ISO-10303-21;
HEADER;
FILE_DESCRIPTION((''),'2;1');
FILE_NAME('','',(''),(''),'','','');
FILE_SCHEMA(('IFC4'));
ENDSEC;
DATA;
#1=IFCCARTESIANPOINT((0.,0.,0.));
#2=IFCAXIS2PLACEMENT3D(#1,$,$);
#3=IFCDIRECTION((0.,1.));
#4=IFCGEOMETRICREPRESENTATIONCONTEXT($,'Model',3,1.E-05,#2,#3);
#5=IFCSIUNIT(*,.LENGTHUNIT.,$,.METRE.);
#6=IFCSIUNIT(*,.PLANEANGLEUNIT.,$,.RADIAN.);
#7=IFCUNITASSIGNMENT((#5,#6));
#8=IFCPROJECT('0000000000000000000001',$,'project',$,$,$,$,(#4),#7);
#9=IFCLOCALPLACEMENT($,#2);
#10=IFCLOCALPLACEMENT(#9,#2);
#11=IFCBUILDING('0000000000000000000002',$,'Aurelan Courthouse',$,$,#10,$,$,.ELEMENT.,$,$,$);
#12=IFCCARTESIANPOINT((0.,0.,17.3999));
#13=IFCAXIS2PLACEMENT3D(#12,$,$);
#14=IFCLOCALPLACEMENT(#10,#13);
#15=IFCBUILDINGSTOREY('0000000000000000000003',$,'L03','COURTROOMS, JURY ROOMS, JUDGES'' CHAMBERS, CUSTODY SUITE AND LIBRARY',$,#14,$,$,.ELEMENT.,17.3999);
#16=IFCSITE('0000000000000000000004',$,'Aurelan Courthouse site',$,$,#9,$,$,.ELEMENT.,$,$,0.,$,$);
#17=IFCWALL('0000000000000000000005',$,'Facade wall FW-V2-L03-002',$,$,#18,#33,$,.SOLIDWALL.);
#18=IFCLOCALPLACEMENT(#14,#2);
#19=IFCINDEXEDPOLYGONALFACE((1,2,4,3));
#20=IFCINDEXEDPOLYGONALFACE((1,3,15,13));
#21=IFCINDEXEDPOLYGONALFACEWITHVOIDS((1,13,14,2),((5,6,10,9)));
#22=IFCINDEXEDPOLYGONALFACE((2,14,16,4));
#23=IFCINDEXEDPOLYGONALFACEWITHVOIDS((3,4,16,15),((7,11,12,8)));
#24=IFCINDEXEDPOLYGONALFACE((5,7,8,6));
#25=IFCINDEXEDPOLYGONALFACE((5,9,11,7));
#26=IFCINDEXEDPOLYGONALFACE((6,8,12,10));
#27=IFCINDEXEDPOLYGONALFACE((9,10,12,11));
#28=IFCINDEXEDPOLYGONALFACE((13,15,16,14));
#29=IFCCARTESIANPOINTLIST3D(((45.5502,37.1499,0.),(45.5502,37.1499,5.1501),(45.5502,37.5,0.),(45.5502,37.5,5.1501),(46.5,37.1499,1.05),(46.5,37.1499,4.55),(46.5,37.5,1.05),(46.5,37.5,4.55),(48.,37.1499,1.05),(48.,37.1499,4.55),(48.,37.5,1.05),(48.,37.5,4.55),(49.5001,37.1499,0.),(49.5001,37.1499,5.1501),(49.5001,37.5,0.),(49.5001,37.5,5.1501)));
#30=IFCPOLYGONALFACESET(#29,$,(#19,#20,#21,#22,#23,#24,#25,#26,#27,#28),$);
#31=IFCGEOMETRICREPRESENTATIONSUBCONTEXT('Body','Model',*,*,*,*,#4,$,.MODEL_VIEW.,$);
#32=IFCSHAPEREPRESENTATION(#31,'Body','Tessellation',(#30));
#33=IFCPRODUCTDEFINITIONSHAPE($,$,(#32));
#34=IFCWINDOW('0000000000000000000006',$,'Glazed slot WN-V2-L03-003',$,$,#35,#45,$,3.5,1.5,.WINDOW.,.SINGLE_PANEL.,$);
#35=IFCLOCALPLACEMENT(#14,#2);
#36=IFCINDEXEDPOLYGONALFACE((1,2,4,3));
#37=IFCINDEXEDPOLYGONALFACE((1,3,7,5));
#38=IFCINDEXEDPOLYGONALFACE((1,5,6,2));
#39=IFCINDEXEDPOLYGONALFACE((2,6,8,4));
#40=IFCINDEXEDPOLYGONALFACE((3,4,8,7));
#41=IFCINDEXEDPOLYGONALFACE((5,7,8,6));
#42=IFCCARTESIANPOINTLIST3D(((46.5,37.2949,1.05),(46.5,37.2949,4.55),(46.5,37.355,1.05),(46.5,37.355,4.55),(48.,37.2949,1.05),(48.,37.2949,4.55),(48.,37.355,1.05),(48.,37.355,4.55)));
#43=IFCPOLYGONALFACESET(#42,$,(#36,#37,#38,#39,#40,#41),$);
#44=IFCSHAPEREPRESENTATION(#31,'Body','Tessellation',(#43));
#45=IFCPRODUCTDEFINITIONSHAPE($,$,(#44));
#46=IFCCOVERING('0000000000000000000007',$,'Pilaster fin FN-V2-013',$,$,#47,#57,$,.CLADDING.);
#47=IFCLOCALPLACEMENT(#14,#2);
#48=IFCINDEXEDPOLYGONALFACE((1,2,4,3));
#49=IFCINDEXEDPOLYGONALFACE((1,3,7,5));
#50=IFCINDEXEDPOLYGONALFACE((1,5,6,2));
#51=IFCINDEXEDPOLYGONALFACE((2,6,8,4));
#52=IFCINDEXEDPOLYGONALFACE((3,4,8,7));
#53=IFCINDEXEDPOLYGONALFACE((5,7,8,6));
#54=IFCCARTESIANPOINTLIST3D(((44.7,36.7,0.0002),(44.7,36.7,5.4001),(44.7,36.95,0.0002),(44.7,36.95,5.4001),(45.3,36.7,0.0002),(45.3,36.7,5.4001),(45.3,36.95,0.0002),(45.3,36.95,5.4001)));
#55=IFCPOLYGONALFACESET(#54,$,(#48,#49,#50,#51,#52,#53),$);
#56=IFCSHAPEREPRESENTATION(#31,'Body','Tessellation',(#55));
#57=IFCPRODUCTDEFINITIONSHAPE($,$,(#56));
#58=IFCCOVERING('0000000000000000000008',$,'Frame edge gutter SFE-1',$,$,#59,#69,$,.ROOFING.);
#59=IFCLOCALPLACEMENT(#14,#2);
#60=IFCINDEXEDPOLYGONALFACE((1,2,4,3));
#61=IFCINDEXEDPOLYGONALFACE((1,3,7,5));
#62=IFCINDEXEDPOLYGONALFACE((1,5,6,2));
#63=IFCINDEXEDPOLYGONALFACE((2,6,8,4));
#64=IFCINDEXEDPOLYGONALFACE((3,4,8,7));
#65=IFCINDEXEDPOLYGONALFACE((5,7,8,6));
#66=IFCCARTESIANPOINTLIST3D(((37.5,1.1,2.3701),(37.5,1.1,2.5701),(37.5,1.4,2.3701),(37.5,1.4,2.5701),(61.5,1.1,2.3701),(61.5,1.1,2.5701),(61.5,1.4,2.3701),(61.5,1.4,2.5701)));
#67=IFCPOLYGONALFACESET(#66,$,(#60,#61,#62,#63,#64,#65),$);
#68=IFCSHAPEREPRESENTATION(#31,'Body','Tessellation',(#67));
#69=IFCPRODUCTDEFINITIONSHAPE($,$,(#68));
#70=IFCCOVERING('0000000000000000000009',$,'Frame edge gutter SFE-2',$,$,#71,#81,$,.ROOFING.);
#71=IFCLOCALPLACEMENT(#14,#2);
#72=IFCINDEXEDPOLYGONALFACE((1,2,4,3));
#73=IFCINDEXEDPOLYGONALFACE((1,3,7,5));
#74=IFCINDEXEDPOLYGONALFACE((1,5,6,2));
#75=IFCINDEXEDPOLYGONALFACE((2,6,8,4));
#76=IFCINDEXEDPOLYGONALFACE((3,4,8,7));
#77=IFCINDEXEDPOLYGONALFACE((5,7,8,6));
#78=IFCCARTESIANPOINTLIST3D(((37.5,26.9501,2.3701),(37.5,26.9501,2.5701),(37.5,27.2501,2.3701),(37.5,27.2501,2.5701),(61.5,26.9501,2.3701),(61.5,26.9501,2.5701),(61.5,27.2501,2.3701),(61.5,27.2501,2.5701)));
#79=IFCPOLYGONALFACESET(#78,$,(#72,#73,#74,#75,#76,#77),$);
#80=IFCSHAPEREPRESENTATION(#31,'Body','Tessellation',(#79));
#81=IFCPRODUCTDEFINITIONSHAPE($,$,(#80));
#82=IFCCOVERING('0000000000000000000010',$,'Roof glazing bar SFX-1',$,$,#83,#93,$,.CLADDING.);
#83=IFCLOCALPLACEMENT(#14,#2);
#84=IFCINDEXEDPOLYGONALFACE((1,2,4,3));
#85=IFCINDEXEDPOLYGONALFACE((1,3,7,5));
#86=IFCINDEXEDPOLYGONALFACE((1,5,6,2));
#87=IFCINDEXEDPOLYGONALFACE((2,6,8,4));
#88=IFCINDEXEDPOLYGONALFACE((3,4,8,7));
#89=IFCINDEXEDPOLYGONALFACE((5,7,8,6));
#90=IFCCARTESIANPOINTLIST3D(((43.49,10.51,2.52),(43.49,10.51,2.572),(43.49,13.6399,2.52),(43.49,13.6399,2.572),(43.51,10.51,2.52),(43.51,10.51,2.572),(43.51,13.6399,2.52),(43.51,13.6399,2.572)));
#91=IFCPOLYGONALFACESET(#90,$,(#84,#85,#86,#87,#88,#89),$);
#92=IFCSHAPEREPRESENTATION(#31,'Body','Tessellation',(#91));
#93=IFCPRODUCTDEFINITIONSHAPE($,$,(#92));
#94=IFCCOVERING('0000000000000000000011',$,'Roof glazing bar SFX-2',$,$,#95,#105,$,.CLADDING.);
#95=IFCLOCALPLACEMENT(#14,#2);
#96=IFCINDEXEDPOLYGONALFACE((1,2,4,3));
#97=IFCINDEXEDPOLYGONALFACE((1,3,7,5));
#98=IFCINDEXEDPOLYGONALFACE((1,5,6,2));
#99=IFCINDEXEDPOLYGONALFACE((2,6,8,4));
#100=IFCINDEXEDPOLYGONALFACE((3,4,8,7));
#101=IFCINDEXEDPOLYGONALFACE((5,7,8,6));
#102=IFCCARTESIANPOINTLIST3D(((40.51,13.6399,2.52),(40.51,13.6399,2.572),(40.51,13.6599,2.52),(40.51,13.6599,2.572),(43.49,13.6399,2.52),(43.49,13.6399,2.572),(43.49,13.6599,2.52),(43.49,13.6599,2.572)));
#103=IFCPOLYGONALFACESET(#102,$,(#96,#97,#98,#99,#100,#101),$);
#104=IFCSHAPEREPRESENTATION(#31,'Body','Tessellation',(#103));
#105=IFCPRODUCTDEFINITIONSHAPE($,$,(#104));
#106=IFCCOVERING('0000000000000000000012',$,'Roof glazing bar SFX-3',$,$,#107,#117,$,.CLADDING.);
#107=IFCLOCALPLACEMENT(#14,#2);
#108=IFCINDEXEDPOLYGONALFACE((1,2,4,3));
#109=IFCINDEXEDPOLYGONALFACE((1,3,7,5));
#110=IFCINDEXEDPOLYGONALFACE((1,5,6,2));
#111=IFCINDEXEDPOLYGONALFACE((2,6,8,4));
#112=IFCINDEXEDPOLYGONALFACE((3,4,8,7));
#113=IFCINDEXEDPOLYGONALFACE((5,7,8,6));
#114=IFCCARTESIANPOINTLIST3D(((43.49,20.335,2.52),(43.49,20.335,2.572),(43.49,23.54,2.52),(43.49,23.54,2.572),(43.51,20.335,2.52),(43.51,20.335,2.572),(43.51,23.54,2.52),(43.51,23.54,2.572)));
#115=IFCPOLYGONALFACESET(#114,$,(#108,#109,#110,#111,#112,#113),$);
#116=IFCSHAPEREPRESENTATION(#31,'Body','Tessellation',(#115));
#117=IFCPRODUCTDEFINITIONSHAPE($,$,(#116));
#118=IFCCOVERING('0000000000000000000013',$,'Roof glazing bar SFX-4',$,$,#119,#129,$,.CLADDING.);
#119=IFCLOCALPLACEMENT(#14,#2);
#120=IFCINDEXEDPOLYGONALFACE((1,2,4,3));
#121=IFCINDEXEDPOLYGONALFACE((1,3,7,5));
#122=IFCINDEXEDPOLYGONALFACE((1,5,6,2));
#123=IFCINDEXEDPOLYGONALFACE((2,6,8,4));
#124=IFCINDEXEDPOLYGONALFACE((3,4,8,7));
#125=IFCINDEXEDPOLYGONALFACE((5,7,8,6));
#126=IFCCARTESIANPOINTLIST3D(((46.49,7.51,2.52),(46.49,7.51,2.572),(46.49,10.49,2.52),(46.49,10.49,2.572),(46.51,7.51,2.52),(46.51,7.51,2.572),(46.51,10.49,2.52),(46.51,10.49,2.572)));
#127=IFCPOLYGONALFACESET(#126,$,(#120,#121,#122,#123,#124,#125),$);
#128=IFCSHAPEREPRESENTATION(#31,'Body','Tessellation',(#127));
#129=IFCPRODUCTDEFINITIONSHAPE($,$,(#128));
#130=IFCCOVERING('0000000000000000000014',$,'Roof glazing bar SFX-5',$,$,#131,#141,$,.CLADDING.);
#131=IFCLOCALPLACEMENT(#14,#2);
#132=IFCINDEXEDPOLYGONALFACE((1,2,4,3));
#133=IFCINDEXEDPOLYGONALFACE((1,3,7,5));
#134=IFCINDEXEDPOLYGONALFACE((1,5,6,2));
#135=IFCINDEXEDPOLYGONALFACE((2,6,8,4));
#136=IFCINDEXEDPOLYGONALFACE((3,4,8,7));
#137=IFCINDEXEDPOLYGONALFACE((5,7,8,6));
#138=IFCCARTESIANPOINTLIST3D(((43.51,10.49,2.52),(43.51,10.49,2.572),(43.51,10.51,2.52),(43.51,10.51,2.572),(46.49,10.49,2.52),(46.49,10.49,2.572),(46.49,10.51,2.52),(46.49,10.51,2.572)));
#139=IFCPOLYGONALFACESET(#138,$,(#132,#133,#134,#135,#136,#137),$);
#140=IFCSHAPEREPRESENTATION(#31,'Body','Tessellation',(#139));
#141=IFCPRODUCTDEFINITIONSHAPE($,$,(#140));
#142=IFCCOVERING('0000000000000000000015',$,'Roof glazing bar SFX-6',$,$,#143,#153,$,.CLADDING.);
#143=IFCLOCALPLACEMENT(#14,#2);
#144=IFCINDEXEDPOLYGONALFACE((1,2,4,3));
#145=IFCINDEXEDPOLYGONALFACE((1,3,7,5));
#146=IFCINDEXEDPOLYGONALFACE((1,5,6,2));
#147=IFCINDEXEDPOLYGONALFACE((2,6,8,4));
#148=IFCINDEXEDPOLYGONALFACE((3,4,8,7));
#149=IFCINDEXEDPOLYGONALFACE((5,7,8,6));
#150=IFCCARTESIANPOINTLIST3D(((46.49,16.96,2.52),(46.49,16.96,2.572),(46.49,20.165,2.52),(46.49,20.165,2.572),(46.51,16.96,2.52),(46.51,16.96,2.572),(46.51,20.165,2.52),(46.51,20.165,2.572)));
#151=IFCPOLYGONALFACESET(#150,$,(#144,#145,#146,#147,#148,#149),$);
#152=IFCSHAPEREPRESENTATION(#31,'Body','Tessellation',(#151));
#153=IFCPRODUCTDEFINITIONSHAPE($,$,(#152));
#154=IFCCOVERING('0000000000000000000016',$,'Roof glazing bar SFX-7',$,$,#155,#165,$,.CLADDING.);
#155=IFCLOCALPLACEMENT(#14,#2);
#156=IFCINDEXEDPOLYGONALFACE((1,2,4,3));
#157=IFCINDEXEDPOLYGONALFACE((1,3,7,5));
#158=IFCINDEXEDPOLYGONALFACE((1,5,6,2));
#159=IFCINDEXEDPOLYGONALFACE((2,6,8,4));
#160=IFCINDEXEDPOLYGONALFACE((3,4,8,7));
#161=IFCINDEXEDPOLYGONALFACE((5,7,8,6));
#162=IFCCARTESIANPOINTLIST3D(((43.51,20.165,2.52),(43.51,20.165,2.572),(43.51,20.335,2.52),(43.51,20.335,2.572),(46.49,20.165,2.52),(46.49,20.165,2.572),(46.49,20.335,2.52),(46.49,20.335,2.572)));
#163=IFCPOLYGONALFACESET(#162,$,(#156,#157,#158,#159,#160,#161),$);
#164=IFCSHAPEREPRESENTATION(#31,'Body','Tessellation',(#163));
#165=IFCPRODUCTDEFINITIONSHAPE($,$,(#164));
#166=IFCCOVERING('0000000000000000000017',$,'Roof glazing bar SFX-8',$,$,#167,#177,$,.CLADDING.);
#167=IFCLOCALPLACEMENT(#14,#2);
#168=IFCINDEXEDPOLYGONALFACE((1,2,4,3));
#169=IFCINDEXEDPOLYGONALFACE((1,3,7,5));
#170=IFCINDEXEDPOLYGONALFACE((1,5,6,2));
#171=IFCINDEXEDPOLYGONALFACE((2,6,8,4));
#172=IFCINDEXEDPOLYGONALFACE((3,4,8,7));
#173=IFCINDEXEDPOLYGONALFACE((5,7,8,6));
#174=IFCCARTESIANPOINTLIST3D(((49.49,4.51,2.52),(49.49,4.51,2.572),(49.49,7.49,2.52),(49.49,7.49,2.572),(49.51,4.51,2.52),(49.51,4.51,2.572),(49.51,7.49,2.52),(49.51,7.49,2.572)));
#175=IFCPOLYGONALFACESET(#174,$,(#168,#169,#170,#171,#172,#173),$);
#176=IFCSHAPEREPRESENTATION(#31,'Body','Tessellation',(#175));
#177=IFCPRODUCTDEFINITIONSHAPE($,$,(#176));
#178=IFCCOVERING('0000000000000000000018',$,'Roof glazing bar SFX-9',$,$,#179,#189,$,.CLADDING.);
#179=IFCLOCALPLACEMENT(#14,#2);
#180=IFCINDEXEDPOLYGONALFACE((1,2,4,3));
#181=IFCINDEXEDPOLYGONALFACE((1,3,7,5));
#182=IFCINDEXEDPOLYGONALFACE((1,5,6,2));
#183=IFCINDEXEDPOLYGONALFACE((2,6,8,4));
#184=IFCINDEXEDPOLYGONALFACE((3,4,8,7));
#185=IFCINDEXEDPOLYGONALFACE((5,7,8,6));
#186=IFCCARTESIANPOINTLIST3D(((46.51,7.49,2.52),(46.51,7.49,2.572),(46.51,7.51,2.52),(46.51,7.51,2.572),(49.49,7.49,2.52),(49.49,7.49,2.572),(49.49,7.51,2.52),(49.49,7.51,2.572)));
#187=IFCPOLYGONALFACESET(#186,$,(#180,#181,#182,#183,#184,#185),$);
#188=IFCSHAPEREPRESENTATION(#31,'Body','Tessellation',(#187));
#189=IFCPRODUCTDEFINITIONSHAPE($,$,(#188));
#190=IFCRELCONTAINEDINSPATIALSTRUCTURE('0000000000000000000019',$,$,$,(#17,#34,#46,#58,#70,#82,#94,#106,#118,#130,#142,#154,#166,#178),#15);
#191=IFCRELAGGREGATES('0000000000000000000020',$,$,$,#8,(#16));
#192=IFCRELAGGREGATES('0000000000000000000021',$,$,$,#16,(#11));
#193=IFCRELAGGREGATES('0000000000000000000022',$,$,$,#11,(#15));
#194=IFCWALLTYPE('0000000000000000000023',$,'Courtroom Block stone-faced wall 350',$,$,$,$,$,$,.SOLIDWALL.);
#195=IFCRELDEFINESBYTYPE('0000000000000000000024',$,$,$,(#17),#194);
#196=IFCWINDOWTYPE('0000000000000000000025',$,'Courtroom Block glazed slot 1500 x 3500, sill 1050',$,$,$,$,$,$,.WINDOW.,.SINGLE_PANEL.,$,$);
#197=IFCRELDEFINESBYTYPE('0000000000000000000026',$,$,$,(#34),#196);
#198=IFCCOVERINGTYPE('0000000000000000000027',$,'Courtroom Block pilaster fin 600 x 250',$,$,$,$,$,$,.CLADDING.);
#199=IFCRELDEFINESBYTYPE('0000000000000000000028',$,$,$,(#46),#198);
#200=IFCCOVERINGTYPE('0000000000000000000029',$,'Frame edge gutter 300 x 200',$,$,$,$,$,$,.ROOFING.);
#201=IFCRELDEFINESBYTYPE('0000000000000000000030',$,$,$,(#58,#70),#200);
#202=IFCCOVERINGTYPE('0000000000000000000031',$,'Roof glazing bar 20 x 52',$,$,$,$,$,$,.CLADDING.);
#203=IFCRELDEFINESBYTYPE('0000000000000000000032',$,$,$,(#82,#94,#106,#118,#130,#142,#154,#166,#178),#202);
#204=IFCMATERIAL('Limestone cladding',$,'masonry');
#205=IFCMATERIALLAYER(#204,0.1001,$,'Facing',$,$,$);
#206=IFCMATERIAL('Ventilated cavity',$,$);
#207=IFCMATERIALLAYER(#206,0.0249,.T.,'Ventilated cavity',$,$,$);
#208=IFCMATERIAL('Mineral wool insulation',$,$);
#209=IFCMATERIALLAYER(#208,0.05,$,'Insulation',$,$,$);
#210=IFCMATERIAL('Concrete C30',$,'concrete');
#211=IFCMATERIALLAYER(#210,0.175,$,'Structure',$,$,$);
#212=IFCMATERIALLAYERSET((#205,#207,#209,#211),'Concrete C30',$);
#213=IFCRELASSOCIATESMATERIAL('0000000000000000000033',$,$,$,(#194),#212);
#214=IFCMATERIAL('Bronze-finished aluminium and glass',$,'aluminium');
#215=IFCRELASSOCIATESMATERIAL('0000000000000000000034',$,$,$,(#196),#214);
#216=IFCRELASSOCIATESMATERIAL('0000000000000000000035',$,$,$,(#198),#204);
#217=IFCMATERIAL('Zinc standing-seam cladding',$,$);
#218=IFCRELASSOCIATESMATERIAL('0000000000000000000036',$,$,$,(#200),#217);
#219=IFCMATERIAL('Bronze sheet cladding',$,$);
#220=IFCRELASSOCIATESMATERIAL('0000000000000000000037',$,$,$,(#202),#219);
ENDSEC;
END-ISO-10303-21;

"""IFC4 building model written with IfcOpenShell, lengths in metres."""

from ifc_helpers import new_model, si_unit, direction, frame, frame_2d, origin, origin_2d, place, context, subcontext, project, spatial, rectangle, extrude, material, layer, layer_set, type_object, element, fill, save


model = new_model("IFC4")

# Units and contexts
model_context = context("Model", 3, precision=1e-05, world=origin(), true_north=direction((0.0, 1.0)))
body_context = subcontext(model_context, "Body", "Model", "MODEL_VIEW")
ifc_project = project(units=[si_unit("LENGTHUNIT", "METRE"), si_unit("PLANEANGLEUNIT", "RADIAN")], contexts=[model_context])

# Site, building, storey
site_placement = place(None, origin())
site = spatial("IfcSite", under=ifc_project, at=site_placement, Name="Aurelan Courthouse site", CompositionType="ELEMENT", RefElevation=0.0)
building_placement = place(site_placement, origin())
building = spatial("IfcBuilding", under=site, at=building_placement, Name="Aurelan Courthouse", CompositionType="ELEMENT")
storey_placement = place(building_placement, frame((0.0, 0.0, 17.3999)))
storey = spatial("IfcBuildingStorey", under=building, at=storey_placement, Name="L03", Description="COURTROOMS, JURY ROOMS, JUDGES' CHAMBERS, CUSTODY SUITE AND LIBRARY", CompositionType="ELEMENT", Elevation=17.3999)

# Shared definitions
ifc_material_1 = material(Name="Bronze-finished aluminium and glass", Category="aluminium")

# Wall, opening, window
ifc_material_2 = material(Name="Limestone cladding", Category="masonry")
ifc_layer_1 = layer(ifc_material_2, 0.1001, Name="Facing")
ifc_material_3 = material(Name="Ventilated cavity")
ifc_layer_2 = layer(ifc_material_3, 0.0249, ventilated=True, Name="Ventilated cavity")
ifc_material_4 = material(Name="Mineral wool insulation")
ifc_layer_3 = layer(ifc_material_4, 0.05, Name="Insulation")
ifc_material_5 = material(Name="Concrete C30", Category="concrete")
ifc_layer_4 = layer(ifc_material_5, 0.175, Name="Structure")
ifc_layer_set_1 = layer_set([ifc_layer_1, ifc_layer_2, ifc_layer_3, ifc_layer_4], Name="Concrete C30")
wall_type = type_object("IfcWallType", Name="Courtroom Block stone-faced wall 350", PredefinedType="SOLIDWALL", material=ifc_layer_set_1)
wall_placement = place(storey_placement, frame((45.55, 37.325, 0.0), z_axis=(0.0, 0.0, 1.0), x_axis=(1.0, 0.0, 0.0)))
wall = element("IfcWall", 1, at=wall_placement, inside=storey, type_object=wall_type, Name="Facade wall FW-V2-L03-002", PredefinedType="SOLIDWALL", context=body_context, shape_type="SweptSolid", body=[
    extrude(rectangle(XDim=3.95, YDim=0.3501, at=frame_2d((1.9751, 0.0))), origin(), (0.0, 0.0, 1.0), 5.1501),
])
opening_placement = place(wall_placement, frame((0.95, 0.0, 1.05)))
opening = element("IfcOpeningElement", 2, at=opening_placement, cuts=wall, PredefinedType="OPENING", context=body_context, shape_type="SweptSolid", body=[
    extrude(rectangle(XDim=1.5, YDim=3.5, at=frame_2d((0.75, 1.75))), frame((0.0, 0.1851, 0.0), z_axis=(0.0, -1.0, 0.0), x_axis=(1.0, 0.0, 0.0)), (0.0, 0.0, 1.0), 0.3701),
])
window_type = type_object("IfcWindowType", Name="Courtroom Block glazed slot 1500 x 3500, sill 1050", PartitioningType="SINGLE_PANEL", PredefinedType="WINDOW", material=ifc_material_1)
window_placement = place(opening_placement, origin())
window = element("IfcWindow", 3, at=window_placement, inside=storey, type_object=window_type, Name="Glazed slot WN-V2-L03-003", OverallHeight=3.5, OverallWidth=1.5, PartitioningType="SINGLE_PANEL", PredefinedType="WINDOW", context=body_context, shape_type="SweptSolid", body=[
    extrude(rectangle(XDim=1.5, YDim=3.5, at=frame_2d((0.75, 1.75))), frame((0.0, 0.03, 0.0), z_axis=(0.0, -1.0, 0.0), x_axis=(1.0, 0.0, 0.0)), (0.0, 0.0, 1.0), 0.0601),
])
fill(opening, window)

# Coverings
ifc_material_6 = material(Name="Bronze sheet cladding")
covering_type_1 = type_object("IfcCoveringType", Name="Courtroom Block pilaster fin 600 x 250", PredefinedType="CLADDING", material=ifc_material_2)
covering_1_placement = place(storey_placement, frame((45.0, 36.825, 0.0002), z_axis=(0.0, 0.0, 1.0), x_axis=(1.0, 0.0, 0.0)))
element("IfcCovering", 4, at=covering_1_placement, inside=storey, type_object=covering_type_1, Name="Pilaster fin FN-V2-013", PredefinedType="CLADDING", context=body_context, shape_type="SweptSolid", body=[
    extrude(rectangle(XDim=0.6001, YDim=0.25, at=origin_2d()), origin(), (0.0, 0.0, 1.0), 5.3999),
])
ifc_material_7 = material(Name="Zinc standing-seam cladding")
covering_type_2 = type_object("IfcCoveringType", Name="Frame edge gutter 300 x 200", PredefinedType="ROOFING", material=ifc_material_7)
for number, where, z_axis, x_axis, name in (
    (5, (49.5, 1.25, 2.3701), (0.0, 0.0, 1.0), (1.0, 0.0, 0.0), "Frame edge gutter SFE-1"),
    (6, (49.5, 27.1001, 2.3701), (0.0, 0.0, 1.0), (1.0, 0.0, 0.0), "Frame edge gutter SFE-2"),
):
    element("IfcCovering", number, at=place(storey_placement, frame(where, z_axis=z_axis, x_axis=x_axis)), inside=storey, type_object=covering_type_2, Name=name, PredefinedType="ROOFING", context=body_context, shape_type="SweptSolid", body=[
        extrude(rectangle(XDim=24.0, YDim=0.3, at=origin_2d()), origin(), (0.0, 0.0, 1.0), 0.2),
    ])
covering_type_3 = type_object("IfcCoveringType", Name="Roof glazing bar 20 x 52", PredefinedType="CLADDING", material=ifc_material_6)
covering_2_placement = place(storey_placement, frame((43.5, 12.075, 2.52), z_axis=(0.0, 0.0, 1.0), x_axis=(1.0, 0.0, 0.0)))
element("IfcCovering", 7, at=covering_2_placement, inside=storey, type_object=covering_type_3, Name="Roof glazing bar SFX-1", PredefinedType="CLADDING", context=body_context, shape_type="SweptSolid", body=[
    extrude(rectangle(XDim=0.02, YDim=3.1299, at=origin_2d()), origin(), (0.0, 0.0, 1.0), 0.052),
])
covering_3_placement = place(storey_placement, frame((42.0, 13.6499, 2.52), z_axis=(0.0, 0.0, 1.0), x_axis=(1.0, 0.0, 0.0)))
element("IfcCovering", 8, at=covering_3_placement, inside=storey, type_object=covering_type_3, Name="Roof glazing bar SFX-2", PredefinedType="CLADDING", context=body_context, shape_type="SweptSolid", body=[
    extrude(rectangle(XDim=2.98, YDim=0.02, at=origin_2d()), origin(), (0.0, 0.0, 1.0), 0.052),
])
covering_4_placement = place(storey_placement, frame((43.5, 21.9375, 2.52), z_axis=(0.0, 0.0, 1.0), x_axis=(1.0, 0.0, 0.0)))
element("IfcCovering", 9, at=covering_4_placement, inside=storey, type_object=covering_type_3, Name="Roof glazing bar SFX-3", PredefinedType="CLADDING", context=body_context, shape_type="SweptSolid", body=[
    extrude(rectangle(XDim=0.02, YDim=3.2051, at=origin_2d()), origin(), (0.0, 0.0, 1.0), 0.052),
])
covering_5_placement = place(storey_placement, frame((46.5, 9.0, 2.52), z_axis=(0.0, 0.0, 1.0), x_axis=(1.0, 0.0, 0.0)))
element("IfcCovering", 10, at=covering_5_placement, inside=storey, type_object=covering_type_3, Name="Roof glazing bar SFX-4", PredefinedType="CLADDING", context=body_context, shape_type="SweptSolid", body=[
    extrude(rectangle(XDim=0.02, YDim=2.98, at=origin_2d()), origin(), (0.0, 0.0, 1.0), 0.052),
])
covering_6_placement = place(storey_placement, frame((45.0, 10.5, 2.52), z_axis=(0.0, 0.0, 1.0), x_axis=(1.0, 0.0, 0.0)))
element("IfcCovering", 11, at=covering_6_placement, inside=storey, type_object=covering_type_3, Name="Roof glazing bar SFX-5", PredefinedType="CLADDING", context=body_context, shape_type="SweptSolid", body=[
    extrude(rectangle(XDim=2.98, YDim=0.02, at=origin_2d()), origin(), (0.0, 0.0, 1.0), 0.052),
])
covering_7_placement = place(storey_placement, frame((46.5, 18.5625, 2.52), z_axis=(0.0, 0.0, 1.0), x_axis=(1.0, 0.0, 0.0)))
element("IfcCovering", 12, at=covering_7_placement, inside=storey, type_object=covering_type_3, Name="Roof glazing bar SFX-6", PredefinedType="CLADDING", context=body_context, shape_type="SweptSolid", body=[
    extrude(rectangle(XDim=0.02, YDim=3.2051, at=origin_2d()), origin(), (0.0, 0.0, 1.0), 0.052),
])
covering_8_placement = place(storey_placement, frame((45.0, 20.25, 2.52), z_axis=(0.0, 0.0, 1.0), x_axis=(1.0, 0.0, 0.0)))
element("IfcCovering", 13, at=covering_8_placement, inside=storey, type_object=covering_type_3, Name="Roof glazing bar SFX-7", PredefinedType="CLADDING", context=body_context, shape_type="SweptSolid", body=[
    extrude(rectangle(XDim=2.98, YDim=0.1699, at=origin_2d()), origin(), (0.0, 0.0, 1.0), 0.052),
])
covering_9_placement = place(storey_placement, frame((49.5, 6.0, 2.52), z_axis=(0.0, 0.0, 1.0), x_axis=(1.0, 0.0, 0.0)))
element("IfcCovering", 14, at=covering_9_placement, inside=storey, type_object=covering_type_3, Name="Roof glazing bar SFX-8", PredefinedType="CLADDING", context=body_context, shape_type="SweptSolid", body=[
    extrude(rectangle(XDim=0.02, YDim=2.98, at=origin_2d()), origin(), (0.0, 0.0, 1.0), 0.052),
])
covering_10_placement = place(storey_placement, frame((48.0, 7.5, 2.52), z_axis=(0.0, 0.0, 1.0), x_axis=(1.0, 0.0, 0.0)))
element("IfcCovering", 15, at=covering_10_placement, inside=storey, type_object=covering_type_3, Name="Roof glazing bar SFX-9", PredefinedType="CLADDING", context=body_context, shape_type="SweptSolid", body=[
    extrude(rectangle(XDim=2.98, YDim=0.02, at=origin_2d()), origin(), (0.0, 0.0, 1.0), 0.052),
])

save(model, "model.ifc")
